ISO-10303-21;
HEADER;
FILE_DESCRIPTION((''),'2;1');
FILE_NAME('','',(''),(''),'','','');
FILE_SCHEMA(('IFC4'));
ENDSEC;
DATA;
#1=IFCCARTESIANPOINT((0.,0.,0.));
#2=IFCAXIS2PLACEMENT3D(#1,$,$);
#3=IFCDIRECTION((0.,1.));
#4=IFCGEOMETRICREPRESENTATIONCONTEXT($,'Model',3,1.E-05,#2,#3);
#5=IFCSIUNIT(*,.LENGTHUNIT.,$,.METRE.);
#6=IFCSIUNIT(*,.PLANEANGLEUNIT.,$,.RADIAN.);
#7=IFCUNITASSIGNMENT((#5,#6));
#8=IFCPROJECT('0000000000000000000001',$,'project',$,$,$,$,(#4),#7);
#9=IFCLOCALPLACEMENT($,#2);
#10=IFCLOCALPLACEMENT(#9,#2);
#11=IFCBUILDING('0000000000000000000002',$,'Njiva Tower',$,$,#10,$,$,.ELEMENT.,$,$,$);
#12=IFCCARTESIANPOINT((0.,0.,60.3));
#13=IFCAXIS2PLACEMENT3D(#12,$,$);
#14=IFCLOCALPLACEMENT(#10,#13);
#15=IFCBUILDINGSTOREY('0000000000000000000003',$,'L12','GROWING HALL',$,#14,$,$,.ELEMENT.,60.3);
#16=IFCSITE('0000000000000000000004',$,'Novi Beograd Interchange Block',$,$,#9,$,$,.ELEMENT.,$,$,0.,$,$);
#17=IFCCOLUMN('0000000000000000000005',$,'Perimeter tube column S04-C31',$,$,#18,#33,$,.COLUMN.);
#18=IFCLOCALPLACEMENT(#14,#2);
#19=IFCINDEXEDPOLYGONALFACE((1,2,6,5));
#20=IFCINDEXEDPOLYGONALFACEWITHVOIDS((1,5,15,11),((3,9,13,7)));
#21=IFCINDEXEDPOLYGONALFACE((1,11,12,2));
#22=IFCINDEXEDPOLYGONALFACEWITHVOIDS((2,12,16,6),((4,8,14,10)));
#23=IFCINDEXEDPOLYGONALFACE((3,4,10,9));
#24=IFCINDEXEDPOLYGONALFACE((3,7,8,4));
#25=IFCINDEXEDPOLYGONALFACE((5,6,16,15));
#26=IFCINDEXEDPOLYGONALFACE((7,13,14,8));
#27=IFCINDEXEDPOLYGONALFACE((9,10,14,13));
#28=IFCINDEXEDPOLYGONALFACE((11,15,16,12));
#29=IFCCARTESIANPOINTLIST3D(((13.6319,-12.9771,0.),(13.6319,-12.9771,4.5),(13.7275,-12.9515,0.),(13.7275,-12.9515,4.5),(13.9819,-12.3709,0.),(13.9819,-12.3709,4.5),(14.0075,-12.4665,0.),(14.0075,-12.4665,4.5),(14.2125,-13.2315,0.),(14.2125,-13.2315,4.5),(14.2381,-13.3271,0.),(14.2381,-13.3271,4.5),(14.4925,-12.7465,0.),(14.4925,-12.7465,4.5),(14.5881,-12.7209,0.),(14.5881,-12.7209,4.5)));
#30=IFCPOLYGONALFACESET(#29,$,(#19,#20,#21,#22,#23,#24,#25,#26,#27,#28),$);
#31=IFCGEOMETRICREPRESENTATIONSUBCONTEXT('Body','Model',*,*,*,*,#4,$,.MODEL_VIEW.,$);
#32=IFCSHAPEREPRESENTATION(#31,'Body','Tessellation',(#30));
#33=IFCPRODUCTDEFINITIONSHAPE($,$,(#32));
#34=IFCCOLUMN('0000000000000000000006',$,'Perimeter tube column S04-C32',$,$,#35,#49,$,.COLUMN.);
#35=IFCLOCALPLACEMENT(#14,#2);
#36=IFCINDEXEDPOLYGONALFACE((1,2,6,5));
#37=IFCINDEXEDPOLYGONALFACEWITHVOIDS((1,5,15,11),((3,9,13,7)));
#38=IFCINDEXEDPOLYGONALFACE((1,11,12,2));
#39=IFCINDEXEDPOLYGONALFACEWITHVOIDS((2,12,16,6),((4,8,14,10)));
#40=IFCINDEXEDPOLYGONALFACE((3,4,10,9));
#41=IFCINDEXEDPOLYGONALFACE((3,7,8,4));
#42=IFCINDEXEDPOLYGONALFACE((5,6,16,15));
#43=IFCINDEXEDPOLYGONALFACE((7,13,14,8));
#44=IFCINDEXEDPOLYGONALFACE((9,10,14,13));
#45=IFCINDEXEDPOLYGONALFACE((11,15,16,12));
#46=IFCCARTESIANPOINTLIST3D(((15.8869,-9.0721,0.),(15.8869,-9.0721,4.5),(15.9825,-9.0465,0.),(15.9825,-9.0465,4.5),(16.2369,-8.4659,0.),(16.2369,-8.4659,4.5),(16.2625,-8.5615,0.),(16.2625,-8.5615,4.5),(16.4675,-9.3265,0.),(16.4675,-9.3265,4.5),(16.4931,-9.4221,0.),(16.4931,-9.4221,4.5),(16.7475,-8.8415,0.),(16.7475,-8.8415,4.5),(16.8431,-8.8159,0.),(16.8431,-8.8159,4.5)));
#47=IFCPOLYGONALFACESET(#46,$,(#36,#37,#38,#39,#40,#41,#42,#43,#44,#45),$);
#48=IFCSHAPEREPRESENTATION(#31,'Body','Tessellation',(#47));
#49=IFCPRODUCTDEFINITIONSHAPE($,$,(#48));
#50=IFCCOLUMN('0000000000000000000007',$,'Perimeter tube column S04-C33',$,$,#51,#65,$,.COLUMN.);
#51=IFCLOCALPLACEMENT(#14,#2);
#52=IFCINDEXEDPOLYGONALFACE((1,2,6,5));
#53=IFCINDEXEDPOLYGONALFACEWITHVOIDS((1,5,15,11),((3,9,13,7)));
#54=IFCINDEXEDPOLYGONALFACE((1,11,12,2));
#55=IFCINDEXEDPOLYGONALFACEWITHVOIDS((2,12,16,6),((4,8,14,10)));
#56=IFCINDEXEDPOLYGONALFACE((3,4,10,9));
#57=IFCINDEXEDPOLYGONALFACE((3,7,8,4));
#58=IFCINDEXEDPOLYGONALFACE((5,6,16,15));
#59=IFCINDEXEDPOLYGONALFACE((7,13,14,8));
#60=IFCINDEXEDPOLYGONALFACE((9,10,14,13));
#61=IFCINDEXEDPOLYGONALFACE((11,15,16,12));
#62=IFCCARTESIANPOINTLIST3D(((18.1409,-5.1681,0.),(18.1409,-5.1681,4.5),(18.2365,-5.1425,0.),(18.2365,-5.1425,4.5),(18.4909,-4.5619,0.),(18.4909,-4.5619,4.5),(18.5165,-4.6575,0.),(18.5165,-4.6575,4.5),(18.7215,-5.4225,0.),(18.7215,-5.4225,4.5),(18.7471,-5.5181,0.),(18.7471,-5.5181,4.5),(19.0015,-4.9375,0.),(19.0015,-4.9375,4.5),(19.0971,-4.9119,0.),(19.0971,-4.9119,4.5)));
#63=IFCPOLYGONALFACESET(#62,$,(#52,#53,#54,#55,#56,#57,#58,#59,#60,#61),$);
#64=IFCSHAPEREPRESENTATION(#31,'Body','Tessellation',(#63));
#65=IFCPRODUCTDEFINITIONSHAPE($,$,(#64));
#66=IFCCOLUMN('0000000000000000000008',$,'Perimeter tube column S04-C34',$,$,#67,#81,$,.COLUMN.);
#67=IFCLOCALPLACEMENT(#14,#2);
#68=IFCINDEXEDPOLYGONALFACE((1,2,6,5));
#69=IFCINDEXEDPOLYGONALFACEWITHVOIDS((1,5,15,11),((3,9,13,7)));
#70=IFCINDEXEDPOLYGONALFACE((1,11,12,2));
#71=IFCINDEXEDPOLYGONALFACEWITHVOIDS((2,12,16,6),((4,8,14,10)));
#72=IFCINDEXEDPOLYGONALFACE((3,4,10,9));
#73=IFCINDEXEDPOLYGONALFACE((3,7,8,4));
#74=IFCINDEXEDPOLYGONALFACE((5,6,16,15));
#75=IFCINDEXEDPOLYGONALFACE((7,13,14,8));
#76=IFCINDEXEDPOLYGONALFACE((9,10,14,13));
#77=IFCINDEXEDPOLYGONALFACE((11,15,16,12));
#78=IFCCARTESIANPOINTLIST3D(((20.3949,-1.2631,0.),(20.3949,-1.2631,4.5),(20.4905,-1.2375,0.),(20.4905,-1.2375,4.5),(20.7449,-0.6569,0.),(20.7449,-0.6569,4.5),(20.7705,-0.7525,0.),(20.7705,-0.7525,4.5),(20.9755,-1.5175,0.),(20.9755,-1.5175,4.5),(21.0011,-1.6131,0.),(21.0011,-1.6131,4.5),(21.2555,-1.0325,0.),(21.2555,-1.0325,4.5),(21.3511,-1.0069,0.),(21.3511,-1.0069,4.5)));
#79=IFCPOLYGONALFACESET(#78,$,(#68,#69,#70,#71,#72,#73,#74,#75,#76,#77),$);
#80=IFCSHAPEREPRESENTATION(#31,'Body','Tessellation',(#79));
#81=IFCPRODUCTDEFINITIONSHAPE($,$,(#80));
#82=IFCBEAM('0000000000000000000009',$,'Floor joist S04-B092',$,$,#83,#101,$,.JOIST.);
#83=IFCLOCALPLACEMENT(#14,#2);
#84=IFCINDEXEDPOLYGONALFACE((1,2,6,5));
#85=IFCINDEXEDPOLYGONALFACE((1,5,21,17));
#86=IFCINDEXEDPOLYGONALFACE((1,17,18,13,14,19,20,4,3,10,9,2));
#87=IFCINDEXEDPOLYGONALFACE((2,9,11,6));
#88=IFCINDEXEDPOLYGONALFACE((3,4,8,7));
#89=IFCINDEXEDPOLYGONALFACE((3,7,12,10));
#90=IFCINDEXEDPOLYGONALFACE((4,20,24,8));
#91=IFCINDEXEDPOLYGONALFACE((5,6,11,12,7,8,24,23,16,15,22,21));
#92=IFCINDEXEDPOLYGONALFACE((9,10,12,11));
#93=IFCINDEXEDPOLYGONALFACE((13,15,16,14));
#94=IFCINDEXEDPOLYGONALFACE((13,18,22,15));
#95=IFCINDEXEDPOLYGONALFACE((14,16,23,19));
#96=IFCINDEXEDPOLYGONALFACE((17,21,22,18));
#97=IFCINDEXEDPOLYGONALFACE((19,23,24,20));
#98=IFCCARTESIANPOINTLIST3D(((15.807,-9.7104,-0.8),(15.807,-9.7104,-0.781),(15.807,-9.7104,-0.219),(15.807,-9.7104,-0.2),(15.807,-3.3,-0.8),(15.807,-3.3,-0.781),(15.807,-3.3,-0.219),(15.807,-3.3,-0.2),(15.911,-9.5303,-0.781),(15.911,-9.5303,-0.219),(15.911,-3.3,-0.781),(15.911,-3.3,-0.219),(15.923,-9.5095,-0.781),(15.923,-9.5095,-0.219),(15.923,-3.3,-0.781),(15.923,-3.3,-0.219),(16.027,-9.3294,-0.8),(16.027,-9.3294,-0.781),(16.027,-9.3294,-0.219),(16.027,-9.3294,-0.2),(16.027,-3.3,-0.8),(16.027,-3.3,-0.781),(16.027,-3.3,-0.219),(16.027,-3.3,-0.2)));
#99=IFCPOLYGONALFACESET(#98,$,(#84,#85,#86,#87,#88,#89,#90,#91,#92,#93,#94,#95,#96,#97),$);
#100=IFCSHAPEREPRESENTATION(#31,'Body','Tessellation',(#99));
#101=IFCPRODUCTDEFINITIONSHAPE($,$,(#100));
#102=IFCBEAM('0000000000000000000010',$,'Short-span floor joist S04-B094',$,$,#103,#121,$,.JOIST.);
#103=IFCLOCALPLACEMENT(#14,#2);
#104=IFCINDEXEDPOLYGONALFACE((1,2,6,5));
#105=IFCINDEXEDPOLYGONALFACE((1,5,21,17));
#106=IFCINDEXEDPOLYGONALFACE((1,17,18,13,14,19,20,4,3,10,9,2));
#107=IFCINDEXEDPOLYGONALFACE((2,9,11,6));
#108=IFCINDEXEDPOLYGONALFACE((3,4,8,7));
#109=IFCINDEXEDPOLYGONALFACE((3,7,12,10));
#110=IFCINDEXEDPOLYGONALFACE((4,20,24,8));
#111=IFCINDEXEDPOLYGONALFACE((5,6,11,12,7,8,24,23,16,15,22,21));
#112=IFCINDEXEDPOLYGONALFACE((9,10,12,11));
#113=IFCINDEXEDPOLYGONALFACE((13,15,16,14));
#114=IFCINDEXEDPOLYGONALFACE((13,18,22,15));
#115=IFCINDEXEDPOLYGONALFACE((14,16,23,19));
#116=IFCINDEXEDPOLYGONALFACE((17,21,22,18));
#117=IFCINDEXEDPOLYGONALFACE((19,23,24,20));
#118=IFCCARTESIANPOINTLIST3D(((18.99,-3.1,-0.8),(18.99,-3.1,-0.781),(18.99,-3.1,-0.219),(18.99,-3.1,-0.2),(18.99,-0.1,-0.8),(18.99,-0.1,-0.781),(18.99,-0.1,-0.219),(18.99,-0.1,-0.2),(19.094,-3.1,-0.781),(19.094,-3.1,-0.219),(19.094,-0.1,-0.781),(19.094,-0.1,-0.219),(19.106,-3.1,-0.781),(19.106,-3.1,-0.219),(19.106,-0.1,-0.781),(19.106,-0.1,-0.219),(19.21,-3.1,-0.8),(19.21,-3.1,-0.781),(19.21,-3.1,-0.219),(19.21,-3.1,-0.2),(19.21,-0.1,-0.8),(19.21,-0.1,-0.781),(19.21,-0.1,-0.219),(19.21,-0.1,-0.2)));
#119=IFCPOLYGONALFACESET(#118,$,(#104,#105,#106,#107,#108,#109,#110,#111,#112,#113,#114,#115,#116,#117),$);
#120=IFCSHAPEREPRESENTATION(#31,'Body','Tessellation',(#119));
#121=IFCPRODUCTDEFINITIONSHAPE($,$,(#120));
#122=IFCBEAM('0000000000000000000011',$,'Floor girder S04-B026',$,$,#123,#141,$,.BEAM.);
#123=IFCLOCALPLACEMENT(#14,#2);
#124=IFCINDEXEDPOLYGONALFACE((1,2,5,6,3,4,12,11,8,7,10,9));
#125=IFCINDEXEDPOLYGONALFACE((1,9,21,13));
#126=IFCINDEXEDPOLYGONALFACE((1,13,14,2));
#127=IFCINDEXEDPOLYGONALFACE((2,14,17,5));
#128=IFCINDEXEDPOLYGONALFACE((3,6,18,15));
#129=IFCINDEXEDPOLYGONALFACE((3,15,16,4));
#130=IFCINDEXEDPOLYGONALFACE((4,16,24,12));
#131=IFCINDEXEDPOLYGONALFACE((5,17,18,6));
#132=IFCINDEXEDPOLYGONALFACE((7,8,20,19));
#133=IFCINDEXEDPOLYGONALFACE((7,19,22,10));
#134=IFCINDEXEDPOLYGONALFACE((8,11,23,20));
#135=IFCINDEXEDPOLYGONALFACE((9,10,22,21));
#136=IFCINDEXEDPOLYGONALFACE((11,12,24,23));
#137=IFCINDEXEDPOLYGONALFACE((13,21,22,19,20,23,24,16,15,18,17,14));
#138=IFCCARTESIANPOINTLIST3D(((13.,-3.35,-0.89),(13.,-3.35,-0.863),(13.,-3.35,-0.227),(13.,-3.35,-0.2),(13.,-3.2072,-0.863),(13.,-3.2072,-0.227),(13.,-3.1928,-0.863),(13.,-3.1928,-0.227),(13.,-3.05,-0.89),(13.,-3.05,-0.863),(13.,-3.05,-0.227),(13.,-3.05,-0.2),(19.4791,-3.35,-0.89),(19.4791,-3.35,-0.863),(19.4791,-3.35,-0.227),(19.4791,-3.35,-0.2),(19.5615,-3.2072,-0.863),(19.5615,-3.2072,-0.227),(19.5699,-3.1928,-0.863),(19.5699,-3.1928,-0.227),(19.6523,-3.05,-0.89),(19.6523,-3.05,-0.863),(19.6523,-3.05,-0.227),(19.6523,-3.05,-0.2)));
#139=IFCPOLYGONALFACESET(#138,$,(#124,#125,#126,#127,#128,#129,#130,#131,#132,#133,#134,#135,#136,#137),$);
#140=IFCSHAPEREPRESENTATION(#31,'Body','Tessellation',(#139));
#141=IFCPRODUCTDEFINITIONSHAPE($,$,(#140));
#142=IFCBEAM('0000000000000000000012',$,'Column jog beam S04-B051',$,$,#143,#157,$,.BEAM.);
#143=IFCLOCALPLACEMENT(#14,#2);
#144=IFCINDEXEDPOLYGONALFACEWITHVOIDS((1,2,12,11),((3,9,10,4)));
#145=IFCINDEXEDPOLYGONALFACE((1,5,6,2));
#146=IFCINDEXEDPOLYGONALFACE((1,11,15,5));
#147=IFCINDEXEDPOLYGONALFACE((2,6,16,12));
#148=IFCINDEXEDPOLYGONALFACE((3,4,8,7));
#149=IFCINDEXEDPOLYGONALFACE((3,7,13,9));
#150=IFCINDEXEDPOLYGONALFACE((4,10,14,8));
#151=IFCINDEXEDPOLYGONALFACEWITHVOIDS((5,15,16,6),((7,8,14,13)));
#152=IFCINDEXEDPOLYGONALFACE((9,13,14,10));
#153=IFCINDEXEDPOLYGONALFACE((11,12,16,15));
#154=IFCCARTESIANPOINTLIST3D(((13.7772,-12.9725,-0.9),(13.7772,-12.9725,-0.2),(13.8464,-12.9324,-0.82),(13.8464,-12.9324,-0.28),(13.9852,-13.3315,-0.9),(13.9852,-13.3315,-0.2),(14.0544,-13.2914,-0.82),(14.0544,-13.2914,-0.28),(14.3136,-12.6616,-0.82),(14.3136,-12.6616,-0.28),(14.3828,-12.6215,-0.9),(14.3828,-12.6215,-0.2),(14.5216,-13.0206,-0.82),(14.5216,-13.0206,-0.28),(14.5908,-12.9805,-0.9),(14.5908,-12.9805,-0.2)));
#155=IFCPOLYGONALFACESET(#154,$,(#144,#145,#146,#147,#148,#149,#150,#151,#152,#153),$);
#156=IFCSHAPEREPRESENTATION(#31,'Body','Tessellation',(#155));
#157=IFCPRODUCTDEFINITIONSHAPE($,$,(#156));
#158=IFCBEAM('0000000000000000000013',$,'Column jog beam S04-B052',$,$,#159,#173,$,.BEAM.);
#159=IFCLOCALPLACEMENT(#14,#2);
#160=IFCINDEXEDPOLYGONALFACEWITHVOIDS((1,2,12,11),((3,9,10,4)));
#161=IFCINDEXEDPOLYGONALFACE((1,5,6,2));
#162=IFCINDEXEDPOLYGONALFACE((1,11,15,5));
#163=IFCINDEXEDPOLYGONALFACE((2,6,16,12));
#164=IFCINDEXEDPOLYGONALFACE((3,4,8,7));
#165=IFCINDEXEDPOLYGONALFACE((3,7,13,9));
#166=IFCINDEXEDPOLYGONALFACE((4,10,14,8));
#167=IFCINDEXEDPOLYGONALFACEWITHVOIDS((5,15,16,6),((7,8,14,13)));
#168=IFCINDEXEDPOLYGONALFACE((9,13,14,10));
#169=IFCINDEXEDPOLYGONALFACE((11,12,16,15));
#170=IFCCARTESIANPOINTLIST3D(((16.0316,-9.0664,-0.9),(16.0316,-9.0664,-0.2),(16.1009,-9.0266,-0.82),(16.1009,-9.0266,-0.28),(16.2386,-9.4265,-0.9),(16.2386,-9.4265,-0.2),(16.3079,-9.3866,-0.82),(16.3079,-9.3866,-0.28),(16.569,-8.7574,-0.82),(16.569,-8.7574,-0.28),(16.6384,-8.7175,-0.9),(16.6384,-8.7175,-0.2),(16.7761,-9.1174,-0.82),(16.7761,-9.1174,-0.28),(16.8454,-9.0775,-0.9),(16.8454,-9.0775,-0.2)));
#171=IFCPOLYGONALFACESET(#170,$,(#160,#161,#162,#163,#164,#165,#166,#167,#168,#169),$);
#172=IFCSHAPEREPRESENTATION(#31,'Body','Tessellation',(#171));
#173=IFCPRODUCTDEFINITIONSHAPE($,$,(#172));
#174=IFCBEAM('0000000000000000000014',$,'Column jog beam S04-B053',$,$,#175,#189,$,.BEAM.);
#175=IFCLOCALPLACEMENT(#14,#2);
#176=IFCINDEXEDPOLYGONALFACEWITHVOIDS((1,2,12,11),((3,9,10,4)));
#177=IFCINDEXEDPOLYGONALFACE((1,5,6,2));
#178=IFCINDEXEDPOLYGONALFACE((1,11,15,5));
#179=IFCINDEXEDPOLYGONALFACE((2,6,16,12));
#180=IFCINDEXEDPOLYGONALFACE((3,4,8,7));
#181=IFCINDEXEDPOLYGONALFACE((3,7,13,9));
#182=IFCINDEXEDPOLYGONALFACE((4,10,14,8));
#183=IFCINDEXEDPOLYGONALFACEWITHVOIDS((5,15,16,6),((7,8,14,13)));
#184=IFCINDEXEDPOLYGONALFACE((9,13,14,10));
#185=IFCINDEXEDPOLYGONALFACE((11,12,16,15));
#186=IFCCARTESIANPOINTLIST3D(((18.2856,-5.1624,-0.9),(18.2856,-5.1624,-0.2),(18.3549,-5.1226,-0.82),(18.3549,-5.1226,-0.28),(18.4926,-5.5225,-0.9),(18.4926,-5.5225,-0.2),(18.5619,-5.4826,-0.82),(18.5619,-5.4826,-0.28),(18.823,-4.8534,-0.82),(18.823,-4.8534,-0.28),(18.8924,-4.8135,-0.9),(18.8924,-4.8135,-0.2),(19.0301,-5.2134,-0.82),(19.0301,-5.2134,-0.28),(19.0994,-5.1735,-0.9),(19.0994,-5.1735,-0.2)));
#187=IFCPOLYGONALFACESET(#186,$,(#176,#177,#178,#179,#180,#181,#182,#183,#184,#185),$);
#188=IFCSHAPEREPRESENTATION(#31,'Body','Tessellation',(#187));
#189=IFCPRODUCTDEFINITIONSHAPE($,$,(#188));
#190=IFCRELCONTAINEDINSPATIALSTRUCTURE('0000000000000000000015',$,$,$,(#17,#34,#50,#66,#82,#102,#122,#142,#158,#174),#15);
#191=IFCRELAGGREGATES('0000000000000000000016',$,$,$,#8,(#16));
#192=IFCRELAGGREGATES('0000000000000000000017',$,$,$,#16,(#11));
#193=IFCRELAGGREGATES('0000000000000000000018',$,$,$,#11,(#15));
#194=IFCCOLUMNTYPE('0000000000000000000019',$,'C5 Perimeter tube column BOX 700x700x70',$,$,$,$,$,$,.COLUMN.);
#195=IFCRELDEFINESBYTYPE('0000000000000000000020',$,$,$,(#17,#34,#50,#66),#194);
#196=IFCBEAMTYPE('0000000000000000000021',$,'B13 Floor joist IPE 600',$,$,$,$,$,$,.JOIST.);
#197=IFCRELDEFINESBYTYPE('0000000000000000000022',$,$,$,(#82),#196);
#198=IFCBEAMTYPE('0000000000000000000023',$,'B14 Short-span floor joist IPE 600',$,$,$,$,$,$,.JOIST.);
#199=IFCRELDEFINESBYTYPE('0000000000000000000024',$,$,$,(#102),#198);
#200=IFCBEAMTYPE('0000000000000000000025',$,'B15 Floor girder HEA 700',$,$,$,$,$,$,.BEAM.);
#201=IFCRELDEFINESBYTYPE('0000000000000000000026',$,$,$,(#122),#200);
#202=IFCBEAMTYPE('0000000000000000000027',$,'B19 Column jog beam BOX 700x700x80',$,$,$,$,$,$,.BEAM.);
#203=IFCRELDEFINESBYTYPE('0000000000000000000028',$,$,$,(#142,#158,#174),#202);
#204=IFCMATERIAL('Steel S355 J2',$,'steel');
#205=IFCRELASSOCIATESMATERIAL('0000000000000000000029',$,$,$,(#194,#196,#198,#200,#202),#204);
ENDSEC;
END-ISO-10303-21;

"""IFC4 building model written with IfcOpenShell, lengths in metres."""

from ifc_helpers import new_model, si_unit, direction, frame, origin, origin_2d, place, context, subcontext, project, spatial, hollow_rectangle, i_section, extrude, clip, halfspace, material, material_profile, profile_set, type_object, element, save


model = new_model("IFC4")

# Units and contexts
model_context = context("Model", 3, precision=1e-05, world=origin(), true_north=direction((0.0, 1.0)))
body_context = subcontext(model_context, "Body", "Model", "MODEL_VIEW")
ifc_project = project(units=[si_unit("LENGTHUNIT", "METRE"), si_unit("PLANEANGLEUNIT", "RADIAN")], contexts=[model_context])

# Site, building, storey
site_placement = place(None, origin())
site = spatial("IfcSite", under=ifc_project, at=site_placement, Name="Novi Beograd Interchange Block", CompositionType="ELEMENT", RefElevation=0.0)
building_placement = place(site_placement, origin())
building = spatial("IfcBuilding", under=site, at=building_placement, Name="Njiva Tower", CompositionType="ELEMENT")
storey_placement = place(building_placement, frame((0.0, 0.0, 60.3)))
storey = spatial("IfcBuildingStorey", under=building, at=storey_placement, Name="L12", Description="GROWING HALL", CompositionType="ELEMENT", Elevation=60.3)

# Columns
ifc_material_1 = material(Name="Steel S355 J2", Category="steel")
ifc_material_profile_1 = material_profile(ifc_material_1, hollow_rectangle(XDim=0.7, YDim=0.7, WallThickness=0.07, at=origin_2d()), Name="BOX 700x700x70")
ifc_profile_set_1 = profile_set([ifc_material_profile_1], Name="Steel S355 J2")
column_type = type_object("IfcColumnType", Name="C5 Perimeter tube column BOX 700x700x70", PredefinedType="COLUMN", material=ifc_profile_set_1)
for number, where, z_axis, x_axis, name in (
    (1, (14.11, -12.849, 0.0), (0.0, 0.0, 1.0), (0.5, 0.866025, 0.0), "Perimeter tube column S04-C31"),
    (2, (16.365, -8.944, 0.0), (0.0, 0.0, 1.0), (0.5, 0.866025, 0.0), "Perimeter tube column S04-C32"),
    (3, (18.619, -5.04, 0.0), (0.0, 0.0, 1.0), (0.5, 0.866025, 0.0), "Perimeter tube column S04-C33"),
    (4, (20.873, -1.135, 0.0), (0.0, 0.0, 1.0), (0.5, 0.866025, 0.0), "Perimeter tube column S04-C34"),
):
    element("IfcColumn", number, at=place(storey_placement, frame(where, z_axis=z_axis, x_axis=x_axis)), inside=storey, type_object=column_type, Name=name, PredefinedType="COLUMN", context=body_context, shape_type="SweptSolid", body=[
        extrude(hollow_rectangle(XDim=0.7, YDim=0.7, WallThickness=0.07, at=origin_2d()), origin(), (0.0, 0.0, 1.0), 4.5),
    ])

# Beams
ifc_material_profile_2 = material_profile(ifc_material_1, i_section(OverallWidth=0.22, OverallDepth=0.6, WebThickness=0.012, FlangeThickness=0.019, at=origin_2d()), Name="IPE 600")
ifc_profile_set_2 = profile_set([ifc_material_profile_2], Name="Steel S355 J2")
beam_type_1 = type_object("IfcBeamType", Name="B13 Floor joist IPE 600", PredefinedType="JOIST", material=ifc_profile_set_2)
beam_1_placement = place(storey_placement, frame((15.917, -3.3, -0.5), z_axis=(0.0, -1.0, 0.0), x_axis=(1.0, 0.0, 0.0)))
element("IfcBeam", 5, at=beam_1_placement, inside=storey, type_object=beam_type_1, Name="Floor joist S04-B092", PredefinedType="JOIST", context=body_context, shape_type="Clipping", body=[
    clip(extrude(i_section(OverallWidth=0.22, OverallDepth=0.6, WebThickness=0.012, FlangeThickness=0.019, at=origin_2d()), origin(), (0.0, 0.0, 1.0), 6.431), halfspace(frame((0.043, 0.0, 6.1454), z_axis=(0.866027, 0.0, 0.499998), x_axis=(0.0, 1.0, 0.0)), False)),
])
ifc_material_profile_3 = material_profile(ifc_material_1, i_section(OverallWidth=0.22, OverallDepth=0.6, WebThickness=0.012, FlangeThickness=0.019, at=origin_2d()), Name="IPE 600")
ifc_profile_set_3 = profile_set([ifc_material_profile_3], Name="Steel S355 J2")
beam_type_2 = type_object("IfcBeamType", Name="B14 Short-span floor joist IPE 600", PredefinedType="JOIST", material=ifc_profile_set_3)
beam_2_placement = place(storey_placement, frame((19.1, -0.1, -0.5), z_axis=(0.0, -1.0, 0.0), x_axis=(1.0, 0.0, 0.0)))
element("IfcBeam", 6, at=beam_2_placement, inside=storey, type_object=beam_type_2, Name="Short-span floor joist S04-B094", PredefinedType="JOIST", context=body_context, shape_type="SweptSolid", body=[
    extrude(i_section(OverallWidth=0.22, OverallDepth=0.6, WebThickness=0.012, FlangeThickness=0.019, at=origin_2d()), origin(), (0.0, 0.0, 1.0), 3.0),
])
ifc_material_profile_4 = material_profile(ifc_material_1, i_section(OverallWidth=0.3, OverallDepth=0.69, WebThickness=0.0145, FlangeThickness=0.027, at=origin_2d()), Name="HEA 700")
ifc_profile_set_4 = profile_set([ifc_material_profile_4], Name="Steel S355 J2")
beam_type_3 = type_object("IfcBeamType", Name="B15 Floor girder HEA 700", PredefinedType="BEAM", material=ifc_profile_set_4)
beam_3_placement = place(storey_placement, frame((13.0, -3.2, -0.545), z_axis=(1.0, 0.0, 0.0), x_axis=(0.0, 1.0, 0.0)))
element("IfcBeam", 7, at=beam_3_placement, inside=storey, type_object=beam_type_3, Name="Floor girder S04-B026", PredefinedType="BEAM", context=body_context, shape_type="Clipping", body=[
    clip(extrude(i_section(OverallWidth=0.3, OverallDepth=0.69, WebThickness=0.0145, FlangeThickness=0.027, at=origin_2d()), origin(), (0.0, 0.0, 1.0), 6.673), halfspace(frame((-0.025, 0.0, 6.5513), z_axis=(-0.499998, 0.0, 0.866027), x_axis=(0.0, 1.0, 0.0)), False)),
])
ifc_material_profile_5 = material_profile(ifc_material_1, hollow_rectangle(XDim=0.7, YDim=0.7, WallThickness=0.08, at=origin_2d()), Name="BOX 700x700x80")
ifc_profile_set_5 = profile_set([ifc_material_profile_5], Name="Steel S355 J2")
beam_type_4 = type_object("IfcBeamType", Name="B19 Column jog beam BOX 700x700x80", PredefinedType="BEAM", material=ifc_profile_set_5)
beam_4_placement = place(storey_placement, frame((14.288, -13.156, -0.55), z_axis=(-0.501321, 0.865261, 0.0), x_axis=(-0.865261, -0.501321, 0.0)))
element("IfcBeam", 8, at=beam_4_placement, inside=storey, type_object=beam_type_4, Name="Column jog beam S04-B051", PredefinedType="BEAM", context=body_context, shape_type="SweptSolid", body=[
    extrude(hollow_rectangle(XDim=0.7, YDim=0.7, WallThickness=0.08, at=origin_2d()), origin(), (0.0, 0.0, 1.0), 0.4149),
])
for number, where, z_axis, x_axis, name in (
    (9, (16.542, -9.252, -0.55), (-0.498471, 0.866906, 0.0), (-0.866906, -0.498471, 0.0), "Column jog beam S04-B052"),
    (10, (18.796, -5.348, -0.55), (-0.498471, 0.866906, 0.0), (-0.866906, -0.498471, 0.0), "Column jog beam S04-B053"),
):
    element("IfcBeam", number, at=place(storey_placement, frame(where, z_axis=z_axis, x_axis=x_axis)), inside=storey, type_object=beam_type_4, Name=name, PredefinedType="BEAM", context=body_context, shape_type="SweptSolid", body=[
        extrude(hollow_rectangle(XDim=0.7, YDim=0.7, WallThickness=0.08, at=origin_2d()), origin(), (0.0, 0.0, 1.0), 0.4153),
    ])

save(model, "model.ifc")
